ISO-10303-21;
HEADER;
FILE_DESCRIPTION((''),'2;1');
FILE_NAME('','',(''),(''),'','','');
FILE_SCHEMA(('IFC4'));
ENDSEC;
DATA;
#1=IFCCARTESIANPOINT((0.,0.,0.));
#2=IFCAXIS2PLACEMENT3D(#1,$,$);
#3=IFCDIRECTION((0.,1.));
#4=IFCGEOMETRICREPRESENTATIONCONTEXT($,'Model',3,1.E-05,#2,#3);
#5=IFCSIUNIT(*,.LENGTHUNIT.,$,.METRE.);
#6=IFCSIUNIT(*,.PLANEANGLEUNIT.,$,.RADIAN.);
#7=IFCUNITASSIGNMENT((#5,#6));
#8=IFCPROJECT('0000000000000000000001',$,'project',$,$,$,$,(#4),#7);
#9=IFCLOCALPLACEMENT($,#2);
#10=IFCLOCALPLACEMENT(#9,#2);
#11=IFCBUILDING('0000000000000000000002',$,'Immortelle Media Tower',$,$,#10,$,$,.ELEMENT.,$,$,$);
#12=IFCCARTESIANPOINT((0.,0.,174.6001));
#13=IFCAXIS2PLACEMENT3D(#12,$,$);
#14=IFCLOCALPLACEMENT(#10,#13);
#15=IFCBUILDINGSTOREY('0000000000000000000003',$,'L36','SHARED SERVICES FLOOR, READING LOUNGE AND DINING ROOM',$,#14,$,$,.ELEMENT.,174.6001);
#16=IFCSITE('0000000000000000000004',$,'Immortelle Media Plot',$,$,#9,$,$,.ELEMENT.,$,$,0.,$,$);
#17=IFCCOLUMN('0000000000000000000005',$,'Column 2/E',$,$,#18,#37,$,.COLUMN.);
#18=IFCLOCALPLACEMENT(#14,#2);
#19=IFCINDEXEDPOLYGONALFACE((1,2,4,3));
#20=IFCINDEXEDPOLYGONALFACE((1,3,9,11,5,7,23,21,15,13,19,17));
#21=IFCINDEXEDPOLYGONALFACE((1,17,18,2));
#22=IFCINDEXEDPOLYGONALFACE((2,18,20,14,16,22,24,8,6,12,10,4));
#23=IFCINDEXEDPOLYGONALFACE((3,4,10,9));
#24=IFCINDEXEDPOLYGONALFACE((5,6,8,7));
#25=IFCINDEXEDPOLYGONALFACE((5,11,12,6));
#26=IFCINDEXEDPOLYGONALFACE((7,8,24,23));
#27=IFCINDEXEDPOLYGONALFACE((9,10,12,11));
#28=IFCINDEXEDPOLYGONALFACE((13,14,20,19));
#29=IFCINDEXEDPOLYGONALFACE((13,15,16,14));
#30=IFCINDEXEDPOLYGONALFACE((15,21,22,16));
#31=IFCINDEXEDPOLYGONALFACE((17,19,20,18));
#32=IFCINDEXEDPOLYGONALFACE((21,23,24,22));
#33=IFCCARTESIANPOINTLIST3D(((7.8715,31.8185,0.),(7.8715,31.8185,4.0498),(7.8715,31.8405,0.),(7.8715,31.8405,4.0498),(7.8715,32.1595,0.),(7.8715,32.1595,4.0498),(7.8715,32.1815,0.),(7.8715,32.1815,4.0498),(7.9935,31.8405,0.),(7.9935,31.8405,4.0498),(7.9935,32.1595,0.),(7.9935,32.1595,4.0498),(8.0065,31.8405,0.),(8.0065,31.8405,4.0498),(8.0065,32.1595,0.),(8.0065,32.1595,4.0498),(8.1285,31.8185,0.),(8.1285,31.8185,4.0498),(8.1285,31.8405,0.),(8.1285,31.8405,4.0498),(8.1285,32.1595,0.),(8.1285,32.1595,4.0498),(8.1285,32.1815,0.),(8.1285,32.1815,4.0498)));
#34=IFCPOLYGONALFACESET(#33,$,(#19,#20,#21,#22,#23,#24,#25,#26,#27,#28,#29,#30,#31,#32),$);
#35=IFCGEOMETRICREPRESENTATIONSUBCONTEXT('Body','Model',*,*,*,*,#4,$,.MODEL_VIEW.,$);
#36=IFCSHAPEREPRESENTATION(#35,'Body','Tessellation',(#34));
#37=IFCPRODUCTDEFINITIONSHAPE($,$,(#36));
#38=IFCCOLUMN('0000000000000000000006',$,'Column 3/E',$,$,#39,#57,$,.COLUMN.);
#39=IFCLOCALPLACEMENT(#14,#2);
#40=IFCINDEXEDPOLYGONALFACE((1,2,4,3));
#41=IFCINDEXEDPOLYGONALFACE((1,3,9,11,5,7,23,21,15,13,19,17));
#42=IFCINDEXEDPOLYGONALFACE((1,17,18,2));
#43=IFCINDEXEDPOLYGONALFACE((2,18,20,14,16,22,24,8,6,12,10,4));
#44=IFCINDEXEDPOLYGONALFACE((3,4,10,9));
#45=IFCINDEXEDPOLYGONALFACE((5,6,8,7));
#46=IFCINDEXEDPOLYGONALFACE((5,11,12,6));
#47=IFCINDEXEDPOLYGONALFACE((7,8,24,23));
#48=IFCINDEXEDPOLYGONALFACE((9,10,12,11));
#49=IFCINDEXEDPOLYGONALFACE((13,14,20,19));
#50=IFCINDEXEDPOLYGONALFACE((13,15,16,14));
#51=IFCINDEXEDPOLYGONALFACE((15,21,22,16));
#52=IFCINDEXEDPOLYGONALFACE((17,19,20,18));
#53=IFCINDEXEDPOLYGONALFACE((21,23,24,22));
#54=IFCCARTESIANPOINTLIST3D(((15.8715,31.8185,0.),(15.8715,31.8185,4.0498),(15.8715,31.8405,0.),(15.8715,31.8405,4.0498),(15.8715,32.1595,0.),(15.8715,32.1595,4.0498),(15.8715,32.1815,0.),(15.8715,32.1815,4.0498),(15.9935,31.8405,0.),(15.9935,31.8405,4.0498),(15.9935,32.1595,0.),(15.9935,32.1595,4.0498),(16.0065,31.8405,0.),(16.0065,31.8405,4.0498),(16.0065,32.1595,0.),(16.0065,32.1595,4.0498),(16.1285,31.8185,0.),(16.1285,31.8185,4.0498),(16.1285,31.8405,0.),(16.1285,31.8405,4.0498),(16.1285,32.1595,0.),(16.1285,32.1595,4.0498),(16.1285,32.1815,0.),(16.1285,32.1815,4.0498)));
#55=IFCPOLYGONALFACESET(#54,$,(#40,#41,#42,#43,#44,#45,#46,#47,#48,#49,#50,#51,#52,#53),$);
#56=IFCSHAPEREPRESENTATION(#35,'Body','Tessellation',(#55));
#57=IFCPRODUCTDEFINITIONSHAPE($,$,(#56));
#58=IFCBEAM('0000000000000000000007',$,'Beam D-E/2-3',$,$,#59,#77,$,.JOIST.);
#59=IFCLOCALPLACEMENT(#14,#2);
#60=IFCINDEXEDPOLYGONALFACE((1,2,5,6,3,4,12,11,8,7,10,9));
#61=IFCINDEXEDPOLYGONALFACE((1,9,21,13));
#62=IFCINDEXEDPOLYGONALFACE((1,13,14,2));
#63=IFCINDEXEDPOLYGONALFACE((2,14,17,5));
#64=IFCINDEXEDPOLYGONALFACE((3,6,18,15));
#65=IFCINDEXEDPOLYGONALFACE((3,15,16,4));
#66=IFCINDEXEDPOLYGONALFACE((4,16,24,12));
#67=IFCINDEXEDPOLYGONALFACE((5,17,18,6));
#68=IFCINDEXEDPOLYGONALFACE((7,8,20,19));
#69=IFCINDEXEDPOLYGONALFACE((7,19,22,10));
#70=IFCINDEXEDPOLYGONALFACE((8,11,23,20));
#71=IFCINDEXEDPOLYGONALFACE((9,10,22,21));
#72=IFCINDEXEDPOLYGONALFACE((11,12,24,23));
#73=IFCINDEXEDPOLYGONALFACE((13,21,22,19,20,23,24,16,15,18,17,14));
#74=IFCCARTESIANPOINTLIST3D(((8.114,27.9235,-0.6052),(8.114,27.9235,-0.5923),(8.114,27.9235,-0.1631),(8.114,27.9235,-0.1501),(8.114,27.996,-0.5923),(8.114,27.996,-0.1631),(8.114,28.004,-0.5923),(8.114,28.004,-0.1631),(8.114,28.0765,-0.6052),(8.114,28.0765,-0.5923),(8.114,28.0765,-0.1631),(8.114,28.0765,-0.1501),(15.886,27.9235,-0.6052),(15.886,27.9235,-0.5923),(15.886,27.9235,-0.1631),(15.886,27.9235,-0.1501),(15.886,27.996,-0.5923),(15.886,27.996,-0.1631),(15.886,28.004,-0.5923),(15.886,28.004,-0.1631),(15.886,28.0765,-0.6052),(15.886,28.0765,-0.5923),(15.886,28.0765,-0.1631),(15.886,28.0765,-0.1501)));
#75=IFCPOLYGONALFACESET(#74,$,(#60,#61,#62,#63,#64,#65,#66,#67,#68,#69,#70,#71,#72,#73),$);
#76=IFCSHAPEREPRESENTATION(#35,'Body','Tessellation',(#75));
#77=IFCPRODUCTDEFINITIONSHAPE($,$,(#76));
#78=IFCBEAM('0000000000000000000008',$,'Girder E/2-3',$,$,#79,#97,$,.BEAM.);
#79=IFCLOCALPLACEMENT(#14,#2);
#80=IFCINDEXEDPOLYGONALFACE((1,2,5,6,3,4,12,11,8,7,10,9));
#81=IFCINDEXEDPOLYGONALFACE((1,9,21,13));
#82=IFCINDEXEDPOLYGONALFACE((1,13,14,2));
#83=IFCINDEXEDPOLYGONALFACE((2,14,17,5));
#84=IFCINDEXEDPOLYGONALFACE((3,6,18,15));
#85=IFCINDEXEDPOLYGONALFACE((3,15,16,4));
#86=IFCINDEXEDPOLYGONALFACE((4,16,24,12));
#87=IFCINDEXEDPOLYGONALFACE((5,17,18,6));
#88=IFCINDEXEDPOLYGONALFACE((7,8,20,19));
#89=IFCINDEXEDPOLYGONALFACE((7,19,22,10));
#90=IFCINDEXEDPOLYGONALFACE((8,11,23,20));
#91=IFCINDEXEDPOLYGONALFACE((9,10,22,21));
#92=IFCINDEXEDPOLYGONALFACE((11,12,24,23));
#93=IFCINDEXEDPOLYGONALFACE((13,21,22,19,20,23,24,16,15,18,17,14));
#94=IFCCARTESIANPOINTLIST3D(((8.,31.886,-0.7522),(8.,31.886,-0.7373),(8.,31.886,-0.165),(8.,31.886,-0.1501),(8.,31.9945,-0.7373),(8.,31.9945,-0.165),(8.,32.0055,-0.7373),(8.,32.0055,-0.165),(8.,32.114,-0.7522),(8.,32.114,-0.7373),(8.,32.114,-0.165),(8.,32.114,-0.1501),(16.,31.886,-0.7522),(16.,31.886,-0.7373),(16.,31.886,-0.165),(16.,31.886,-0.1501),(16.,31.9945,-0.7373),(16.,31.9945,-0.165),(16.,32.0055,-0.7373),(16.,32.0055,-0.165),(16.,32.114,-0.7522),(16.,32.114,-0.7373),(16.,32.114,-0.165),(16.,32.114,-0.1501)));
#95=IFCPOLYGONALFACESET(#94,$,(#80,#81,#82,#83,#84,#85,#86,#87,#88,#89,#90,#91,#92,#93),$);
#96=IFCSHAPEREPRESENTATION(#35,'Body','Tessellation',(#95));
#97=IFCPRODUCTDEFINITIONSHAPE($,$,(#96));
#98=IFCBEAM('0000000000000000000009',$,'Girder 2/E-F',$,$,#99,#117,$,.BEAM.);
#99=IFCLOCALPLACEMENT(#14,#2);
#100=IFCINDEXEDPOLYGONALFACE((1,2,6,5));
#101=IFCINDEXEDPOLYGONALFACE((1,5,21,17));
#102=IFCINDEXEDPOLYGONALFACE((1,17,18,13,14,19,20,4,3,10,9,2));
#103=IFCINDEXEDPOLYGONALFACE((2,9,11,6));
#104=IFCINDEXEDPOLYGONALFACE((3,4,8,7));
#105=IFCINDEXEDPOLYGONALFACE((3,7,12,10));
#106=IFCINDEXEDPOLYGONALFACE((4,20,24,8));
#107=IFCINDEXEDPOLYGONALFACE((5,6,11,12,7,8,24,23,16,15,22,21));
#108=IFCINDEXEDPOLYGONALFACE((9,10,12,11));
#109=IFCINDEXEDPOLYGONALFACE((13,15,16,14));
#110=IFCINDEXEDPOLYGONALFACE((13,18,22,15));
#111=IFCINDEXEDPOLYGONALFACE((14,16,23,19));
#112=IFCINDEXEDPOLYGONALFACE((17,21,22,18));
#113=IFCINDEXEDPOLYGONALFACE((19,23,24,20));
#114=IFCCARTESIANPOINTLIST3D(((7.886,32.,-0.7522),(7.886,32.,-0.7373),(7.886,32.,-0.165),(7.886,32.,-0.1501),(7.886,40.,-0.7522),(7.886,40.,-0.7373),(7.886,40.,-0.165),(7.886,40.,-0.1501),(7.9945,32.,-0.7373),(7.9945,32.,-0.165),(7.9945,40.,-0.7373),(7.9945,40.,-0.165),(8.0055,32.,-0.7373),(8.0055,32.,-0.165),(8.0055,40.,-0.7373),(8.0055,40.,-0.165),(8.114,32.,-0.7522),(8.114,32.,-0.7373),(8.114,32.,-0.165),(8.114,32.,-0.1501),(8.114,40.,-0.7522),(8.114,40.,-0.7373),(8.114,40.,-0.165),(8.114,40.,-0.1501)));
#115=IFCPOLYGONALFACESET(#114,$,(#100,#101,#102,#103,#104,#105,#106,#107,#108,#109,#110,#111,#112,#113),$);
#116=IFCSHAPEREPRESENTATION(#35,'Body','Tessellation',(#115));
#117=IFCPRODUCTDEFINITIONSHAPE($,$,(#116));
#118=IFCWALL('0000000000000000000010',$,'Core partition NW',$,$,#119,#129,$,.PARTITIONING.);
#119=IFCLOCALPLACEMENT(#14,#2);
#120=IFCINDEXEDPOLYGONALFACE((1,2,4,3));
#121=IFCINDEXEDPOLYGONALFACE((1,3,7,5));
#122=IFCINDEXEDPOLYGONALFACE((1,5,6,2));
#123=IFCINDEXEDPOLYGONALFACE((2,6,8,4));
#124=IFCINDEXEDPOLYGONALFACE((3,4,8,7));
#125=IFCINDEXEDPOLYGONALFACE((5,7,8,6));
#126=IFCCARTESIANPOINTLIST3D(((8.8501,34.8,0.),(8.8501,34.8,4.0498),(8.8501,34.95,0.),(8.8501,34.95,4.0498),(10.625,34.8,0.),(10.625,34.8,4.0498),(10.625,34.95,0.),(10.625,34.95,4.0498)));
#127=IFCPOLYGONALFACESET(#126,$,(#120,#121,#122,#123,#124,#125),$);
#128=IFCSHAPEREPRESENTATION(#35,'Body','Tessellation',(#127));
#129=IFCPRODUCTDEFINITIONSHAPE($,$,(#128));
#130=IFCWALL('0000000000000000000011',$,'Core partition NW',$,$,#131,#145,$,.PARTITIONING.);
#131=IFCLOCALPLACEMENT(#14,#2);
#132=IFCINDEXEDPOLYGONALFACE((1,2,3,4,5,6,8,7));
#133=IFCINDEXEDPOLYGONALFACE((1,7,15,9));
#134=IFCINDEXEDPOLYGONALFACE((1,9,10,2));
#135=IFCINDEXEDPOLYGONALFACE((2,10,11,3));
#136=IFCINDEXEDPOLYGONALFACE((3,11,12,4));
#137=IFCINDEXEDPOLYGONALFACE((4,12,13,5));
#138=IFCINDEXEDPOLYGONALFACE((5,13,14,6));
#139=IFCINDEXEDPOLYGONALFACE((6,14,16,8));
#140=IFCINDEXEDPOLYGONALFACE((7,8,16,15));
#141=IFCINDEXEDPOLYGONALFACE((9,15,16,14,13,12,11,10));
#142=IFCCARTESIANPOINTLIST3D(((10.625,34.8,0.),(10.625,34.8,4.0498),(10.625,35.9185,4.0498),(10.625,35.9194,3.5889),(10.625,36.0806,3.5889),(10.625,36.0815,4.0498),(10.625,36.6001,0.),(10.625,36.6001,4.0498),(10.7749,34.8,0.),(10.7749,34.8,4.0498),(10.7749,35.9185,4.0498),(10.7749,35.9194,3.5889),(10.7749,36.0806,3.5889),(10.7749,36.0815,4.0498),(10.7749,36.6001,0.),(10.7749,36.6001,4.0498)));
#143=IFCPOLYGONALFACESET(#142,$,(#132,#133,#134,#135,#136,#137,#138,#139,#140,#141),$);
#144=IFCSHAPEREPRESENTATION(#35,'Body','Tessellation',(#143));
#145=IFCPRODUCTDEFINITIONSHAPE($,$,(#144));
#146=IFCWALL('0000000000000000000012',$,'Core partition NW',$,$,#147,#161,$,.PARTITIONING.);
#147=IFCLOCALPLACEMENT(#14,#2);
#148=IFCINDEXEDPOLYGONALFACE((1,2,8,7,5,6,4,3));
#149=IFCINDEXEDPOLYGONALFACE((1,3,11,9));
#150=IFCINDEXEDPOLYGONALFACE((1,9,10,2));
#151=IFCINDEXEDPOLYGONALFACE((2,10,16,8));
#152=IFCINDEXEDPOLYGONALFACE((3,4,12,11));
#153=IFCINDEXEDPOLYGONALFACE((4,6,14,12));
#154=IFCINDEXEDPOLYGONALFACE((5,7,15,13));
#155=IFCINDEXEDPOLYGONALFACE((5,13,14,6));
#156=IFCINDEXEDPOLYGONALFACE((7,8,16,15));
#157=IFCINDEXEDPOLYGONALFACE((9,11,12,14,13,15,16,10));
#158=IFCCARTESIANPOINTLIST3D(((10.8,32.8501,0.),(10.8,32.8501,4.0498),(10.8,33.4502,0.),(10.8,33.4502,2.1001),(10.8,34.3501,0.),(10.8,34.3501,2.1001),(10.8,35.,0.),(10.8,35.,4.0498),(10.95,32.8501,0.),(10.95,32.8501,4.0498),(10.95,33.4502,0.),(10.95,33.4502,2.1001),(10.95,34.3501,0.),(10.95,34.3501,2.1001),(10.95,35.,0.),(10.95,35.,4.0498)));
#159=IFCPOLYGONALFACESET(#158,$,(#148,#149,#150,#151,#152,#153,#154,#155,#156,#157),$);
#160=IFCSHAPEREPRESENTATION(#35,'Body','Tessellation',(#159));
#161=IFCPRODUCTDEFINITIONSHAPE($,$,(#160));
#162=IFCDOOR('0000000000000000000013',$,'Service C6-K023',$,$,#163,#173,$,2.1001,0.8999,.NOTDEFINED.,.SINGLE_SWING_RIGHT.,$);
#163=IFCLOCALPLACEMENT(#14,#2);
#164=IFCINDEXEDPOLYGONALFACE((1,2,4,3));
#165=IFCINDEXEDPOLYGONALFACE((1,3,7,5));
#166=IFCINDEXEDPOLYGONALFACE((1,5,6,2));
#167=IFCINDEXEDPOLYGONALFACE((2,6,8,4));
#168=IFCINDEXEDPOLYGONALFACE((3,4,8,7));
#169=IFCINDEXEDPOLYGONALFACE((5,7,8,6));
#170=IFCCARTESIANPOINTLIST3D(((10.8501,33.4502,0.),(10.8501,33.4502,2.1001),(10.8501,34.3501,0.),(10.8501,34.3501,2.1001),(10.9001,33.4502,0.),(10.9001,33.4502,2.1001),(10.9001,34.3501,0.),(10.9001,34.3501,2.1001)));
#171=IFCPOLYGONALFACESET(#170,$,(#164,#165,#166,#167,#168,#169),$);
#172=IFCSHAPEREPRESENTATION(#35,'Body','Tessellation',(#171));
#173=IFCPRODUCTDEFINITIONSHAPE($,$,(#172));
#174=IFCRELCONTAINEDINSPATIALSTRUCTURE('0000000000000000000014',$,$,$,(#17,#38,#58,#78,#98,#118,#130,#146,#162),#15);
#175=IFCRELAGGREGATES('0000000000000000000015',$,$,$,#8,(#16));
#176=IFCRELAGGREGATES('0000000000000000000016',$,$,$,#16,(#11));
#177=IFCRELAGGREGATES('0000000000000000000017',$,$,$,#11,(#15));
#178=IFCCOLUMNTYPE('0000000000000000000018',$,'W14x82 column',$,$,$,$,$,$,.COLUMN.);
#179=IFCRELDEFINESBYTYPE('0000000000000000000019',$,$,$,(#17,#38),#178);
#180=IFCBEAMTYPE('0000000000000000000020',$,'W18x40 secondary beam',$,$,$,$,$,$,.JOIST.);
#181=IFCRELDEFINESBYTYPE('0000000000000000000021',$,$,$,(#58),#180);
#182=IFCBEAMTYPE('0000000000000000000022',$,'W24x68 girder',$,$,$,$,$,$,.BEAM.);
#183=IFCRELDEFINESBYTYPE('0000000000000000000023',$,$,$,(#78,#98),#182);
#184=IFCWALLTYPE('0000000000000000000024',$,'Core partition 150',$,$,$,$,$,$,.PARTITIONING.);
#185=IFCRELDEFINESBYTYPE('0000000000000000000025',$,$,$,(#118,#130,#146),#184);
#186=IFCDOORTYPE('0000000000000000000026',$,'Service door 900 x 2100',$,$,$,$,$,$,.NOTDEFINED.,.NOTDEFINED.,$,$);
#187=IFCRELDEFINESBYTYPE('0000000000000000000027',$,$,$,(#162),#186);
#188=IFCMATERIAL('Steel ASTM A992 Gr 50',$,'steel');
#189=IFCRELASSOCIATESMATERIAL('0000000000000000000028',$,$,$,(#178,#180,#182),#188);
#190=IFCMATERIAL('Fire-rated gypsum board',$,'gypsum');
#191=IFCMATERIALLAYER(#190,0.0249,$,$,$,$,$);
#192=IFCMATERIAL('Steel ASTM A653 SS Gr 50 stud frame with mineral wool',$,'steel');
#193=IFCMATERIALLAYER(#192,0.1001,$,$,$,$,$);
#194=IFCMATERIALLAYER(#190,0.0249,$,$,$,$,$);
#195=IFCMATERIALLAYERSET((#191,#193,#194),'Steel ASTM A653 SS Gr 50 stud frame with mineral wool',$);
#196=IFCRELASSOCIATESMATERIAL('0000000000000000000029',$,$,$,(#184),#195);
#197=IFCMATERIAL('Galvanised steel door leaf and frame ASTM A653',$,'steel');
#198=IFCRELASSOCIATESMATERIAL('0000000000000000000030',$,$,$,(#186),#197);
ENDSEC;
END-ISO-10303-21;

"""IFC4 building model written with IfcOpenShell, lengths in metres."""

from ifc_helpers import new_model, si_unit, direction, frame, frame_2d, origin, origin_2d, place, context, subcontext, project, spatial, polyline, rectangle, i_section, outline, extrude, material, layer, layer_set, material_profile, profile_set, type_object, element, fill, save


model = new_model("IFC4")

# Units and contexts
model_context = context("Model", 3, precision=1e-05, world=origin(), true_north=direction((0.0, 1.0)))
body_context = subcontext(model_context, "Body", "Model", "MODEL_VIEW")
ifc_project = project(units=[si_unit("LENGTHUNIT", "METRE"), si_unit("PLANEANGLEUNIT", "RADIAN")], contexts=[model_context])

# Site, building, storey
site_placement = place(None, origin())
site = spatial("IfcSite", under=ifc_project, at=site_placement, Name="Immortelle Media Plot", CompositionType="ELEMENT", RefElevation=0.0)
building_placement = place(site_placement, origin())
building = spatial("IfcBuilding", under=site, at=building_placement, Name="Immortelle Media Tower", CompositionType="ELEMENT")
storey_placement = place(building_placement, frame((0.0, 0.0, 174.6001)))
storey = spatial("IfcBuildingStorey", under=building, at=storey_placement, Name="L36", Description="SHARED SERVICES FLOOR, READING LOUNGE AND DINING ROOM", CompositionType="ELEMENT", Elevation=174.6001)

# Columns
ifc_material_1 = material(Name="Steel ASTM A992 Gr 50", Category="steel")
ifc_material_profile_1 = material_profile(ifc_material_1, i_section(OverallWidth=0.2571, OverallDepth=0.363, WebThickness=0.0129, FlangeThickness=0.022, at=origin_2d()), Name="W14x82")
ifc_profile_set_1 = profile_set([ifc_material_profile_1], Name="Steel ASTM A992 Gr 50")
column_type = type_object("IfcColumnType", Name="W14x82 column", PredefinedType="COLUMN", material=ifc_profile_set_1)
for number, where, z_axis, x_axis, name in (
    (1, (8.0, 32.0, 0.0), (0.0, 0.0, 1.0), (1.0, 0.0, 0.0), "Column 2/E"),
    (2, (16.0, 32.0, 0.0), (0.0, 0.0, 1.0), (1.0, 0.0, 0.0), "Column 3/E"),
):
    element("IfcColumn", number, at=place(storey_placement, frame(where, z_axis=z_axis, x_axis=x_axis)), inside=storey, type_object=column_type, Name=name, PredefinedType="COLUMN", context=body_context, shape_type="SweptSolid", body=[
        extrude(i_section(OverallWidth=0.2571, OverallDepth=0.363, WebThickness=0.0129, FlangeThickness=0.022, at=origin_2d()), origin(), (0.0, 0.0, 1.0), 4.0498),
    ])

# Beams
ifc_material_profile_2 = material_profile(ifc_material_1, i_section(OverallWidth=0.1531, OverallDepth=0.4551, WebThickness=0.0081, FlangeThickness=0.0129, at=origin_2d()), Name="W18x40")
ifc_profile_set_2 = profile_set([ifc_material_profile_2], Name="Steel ASTM A992 Gr 50")
beam_type_1 = type_object("IfcBeamType", Name="W18x40 secondary beam", PredefinedType="JOIST", material=ifc_profile_set_2)
beam_placement = place(storey_placement, frame((8.114, 28.0, -0.3777), z_axis=(1.0, 0.0, 0.0), x_axis=(0.0, 1.0, 0.0)))
element("IfcBeam", 3, at=beam_placement, inside=storey, type_object=beam_type_1, Name="Beam D-E/2-3", PredefinedType="JOIST", context=body_context, shape_type="SweptSolid", body=[
    extrude(i_section(OverallWidth=0.1531, OverallDepth=0.4551, WebThickness=0.0081, FlangeThickness=0.0129, at=origin_2d()), origin(), (0.0, 0.0, 1.0), 7.772),
])
ifc_material_profile_3 = material_profile(ifc_material_1, i_section(OverallWidth=0.228, OverallDepth=0.6021, WebThickness=0.011, FlangeThickness=0.0149, at=origin_2d()), Name="W24x68")
ifc_profile_set_3 = profile_set([ifc_material_profile_3], Name="Steel ASTM A992 Gr 50")
beam_type_2 = type_object("IfcBeamType", Name="W24x68 girder", PredefinedType="BEAM", material=ifc_profile_set_3)
for number, where, z_axis, x_axis, name in (
    (4, (8.0, 32.0, -0.4512), (1.0, 0.0, 0.0), (0.0, 1.0, 0.0), "Girder E/2-3"),
    (5, (8.0, 32.0, -0.4512), (0.0, 1.0, 0.0), (-1.0, 0.0, 0.0), "Girder 2/E-F"),
):
    element("IfcBeam", number, at=place(storey_placement, frame(where, z_axis=z_axis, x_axis=x_axis)), inside=storey, type_object=beam_type_2, Name=name, PredefinedType="BEAM", context=body_context, shape_type="SweptSolid", body=[
        extrude(i_section(OverallWidth=0.228, OverallDepth=0.6021, WebThickness=0.011, FlangeThickness=0.0149, at=origin_2d()), origin(), (0.0, 0.0, 1.0), 8.0),
    ])

# Walls
ifc_material_2 = material(Name="Fire-rated gypsum board", Category="gypsum")
ifc_layer_1 = layer(ifc_material_2, 0.0249)
ifc_material_3 = material(Name="Steel ASTM A653 SS Gr 50 stud frame with mineral wool", Category="steel")
ifc_layer_2 = layer(ifc_material_3, 0.1001)
ifc_layer_3 = layer(ifc_material_2, 0.0249)
ifc_layer_set_1 = layer_set([ifc_layer_1, ifc_layer_2, ifc_layer_3], Name="Steel ASTM A653 SS Gr 50 stud frame with mineral wool")
wall_type_1 = type_object("IfcWallType", Name="Core partition 150", PredefinedType="PARTITIONING", material=ifc_layer_set_1)
wall_1_placement = place(storey_placement, frame((8.8501, 34.875, 0.0), z_axis=(0.0, 0.0, 1.0), x_axis=(1.0, 0.0, 0.0)))
element("IfcWall", 6, at=wall_1_placement, inside=storey, type_object=wall_type_1, Name="Core partition NW", PredefinedType="PARTITIONING", context=body_context, shape_type="SweptSolid", body=[
    extrude(rectangle(XDim=1.7749, YDim=0.1499, at=frame_2d((0.8875, 0.0))), origin(), (0.0, 0.0, 1.0), 4.0498),
])
wall_2_placement = place(storey_placement, frame((10.7, 34.8, 0.0), z_axis=(0.0, 0.0, 1.0), x_axis=(0.0, 1.0, 0.0)))
element("IfcWall", 7, at=wall_2_placement, inside=storey, type_object=wall_type_1, Name="Core partition NW", PredefinedType="PARTITIONING", context=body_context, shape_type="SweptSolid", body=[
    extrude(outline(polyline([(0.0, 0.0), (1.8, 0.0), (1.8, 4.0498), (1.2815, 4.0498), (1.2805, 3.5889), (1.1194, 3.5889), (1.1184, 4.0498), (0.0, 4.0498), (0.0, 0.0)])), frame((0.0, 0.075, 0.0), z_axis=(0.0, -1.0, 0.0), x_axis=(1.0, 0.0, 0.0)), (0.0, 0.0, 1.0), 0.1499),
])

# Wall, opening, door
wall_3_placement = place(storey_placement, frame((10.875, 32.8501, 0.0), z_axis=(0.0, 0.0, 1.0), x_axis=(0.0, 1.0, 0.0)))
wall_3 = element("IfcWall", 8, at=wall_3_placement, inside=storey, type_object=wall_type_1, Name="Core partition NW", PredefinedType="PARTITIONING", context=body_context, shape_type="SweptSolid", body=[
    extrude(rectangle(XDim=2.1499, YDim=0.1499, at=frame_2d((1.075, 0.0))), origin(), (0.0, 0.0, 1.0), 4.0498),
])
opening_1_placement = place(wall_3_placement, frame((0.6001, 0.0, 0.0)))
opening_1 = element("IfcOpeningElement", 9, at=opening_1_placement, cuts=wall_3, PredefinedType="OPENING", context=body_context, shape_type="SweptSolid", body=[
    extrude(rectangle(XDim=0.8999, YDim=2.1001, at=frame_2d((0.45, 1.05))), frame((0.0, 0.085, 0.0), z_axis=(0.0, -1.0, 0.0), x_axis=(1.0, 0.0, 0.0)), (0.0, 0.0, 1.0), 0.1699),
])
ifc_material_4 = material(Name="Galvanised steel door leaf and frame ASTM A653", Category="steel")
door_type_1 = type_object("IfcDoorType", Name="Service door 900 x 2100", OperationType="NOTDEFINED", PredefinedType="NOTDEFINED", material=ifc_material_4)
door_1_placement = place(opening_1_placement, origin())
door_1 = element("IfcDoor", 10, at=door_1_placement, inside=storey, type_object=door_type_1, Name="Service C6-K023", OperationType="SINGLE_SWING_RIGHT", OverallHeight=2.1001, OverallWidth=0.8999, PredefinedType="NOTDEFINED", context=body_context, shape_type="SweptSolid", body=[
    extrude(rectangle(XDim=0.8999, YDim=2.1001, at=frame_2d((0.45, 1.05))), frame((0.0, 0.0249, 0.0), z_axis=(0.0, -1.0, 0.0), x_axis=(1.0, 0.0, 0.0)), (0.0, 0.0, 1.0), 0.05),
])
fill(opening_1, door_1)

save(model, "model.ifc")
